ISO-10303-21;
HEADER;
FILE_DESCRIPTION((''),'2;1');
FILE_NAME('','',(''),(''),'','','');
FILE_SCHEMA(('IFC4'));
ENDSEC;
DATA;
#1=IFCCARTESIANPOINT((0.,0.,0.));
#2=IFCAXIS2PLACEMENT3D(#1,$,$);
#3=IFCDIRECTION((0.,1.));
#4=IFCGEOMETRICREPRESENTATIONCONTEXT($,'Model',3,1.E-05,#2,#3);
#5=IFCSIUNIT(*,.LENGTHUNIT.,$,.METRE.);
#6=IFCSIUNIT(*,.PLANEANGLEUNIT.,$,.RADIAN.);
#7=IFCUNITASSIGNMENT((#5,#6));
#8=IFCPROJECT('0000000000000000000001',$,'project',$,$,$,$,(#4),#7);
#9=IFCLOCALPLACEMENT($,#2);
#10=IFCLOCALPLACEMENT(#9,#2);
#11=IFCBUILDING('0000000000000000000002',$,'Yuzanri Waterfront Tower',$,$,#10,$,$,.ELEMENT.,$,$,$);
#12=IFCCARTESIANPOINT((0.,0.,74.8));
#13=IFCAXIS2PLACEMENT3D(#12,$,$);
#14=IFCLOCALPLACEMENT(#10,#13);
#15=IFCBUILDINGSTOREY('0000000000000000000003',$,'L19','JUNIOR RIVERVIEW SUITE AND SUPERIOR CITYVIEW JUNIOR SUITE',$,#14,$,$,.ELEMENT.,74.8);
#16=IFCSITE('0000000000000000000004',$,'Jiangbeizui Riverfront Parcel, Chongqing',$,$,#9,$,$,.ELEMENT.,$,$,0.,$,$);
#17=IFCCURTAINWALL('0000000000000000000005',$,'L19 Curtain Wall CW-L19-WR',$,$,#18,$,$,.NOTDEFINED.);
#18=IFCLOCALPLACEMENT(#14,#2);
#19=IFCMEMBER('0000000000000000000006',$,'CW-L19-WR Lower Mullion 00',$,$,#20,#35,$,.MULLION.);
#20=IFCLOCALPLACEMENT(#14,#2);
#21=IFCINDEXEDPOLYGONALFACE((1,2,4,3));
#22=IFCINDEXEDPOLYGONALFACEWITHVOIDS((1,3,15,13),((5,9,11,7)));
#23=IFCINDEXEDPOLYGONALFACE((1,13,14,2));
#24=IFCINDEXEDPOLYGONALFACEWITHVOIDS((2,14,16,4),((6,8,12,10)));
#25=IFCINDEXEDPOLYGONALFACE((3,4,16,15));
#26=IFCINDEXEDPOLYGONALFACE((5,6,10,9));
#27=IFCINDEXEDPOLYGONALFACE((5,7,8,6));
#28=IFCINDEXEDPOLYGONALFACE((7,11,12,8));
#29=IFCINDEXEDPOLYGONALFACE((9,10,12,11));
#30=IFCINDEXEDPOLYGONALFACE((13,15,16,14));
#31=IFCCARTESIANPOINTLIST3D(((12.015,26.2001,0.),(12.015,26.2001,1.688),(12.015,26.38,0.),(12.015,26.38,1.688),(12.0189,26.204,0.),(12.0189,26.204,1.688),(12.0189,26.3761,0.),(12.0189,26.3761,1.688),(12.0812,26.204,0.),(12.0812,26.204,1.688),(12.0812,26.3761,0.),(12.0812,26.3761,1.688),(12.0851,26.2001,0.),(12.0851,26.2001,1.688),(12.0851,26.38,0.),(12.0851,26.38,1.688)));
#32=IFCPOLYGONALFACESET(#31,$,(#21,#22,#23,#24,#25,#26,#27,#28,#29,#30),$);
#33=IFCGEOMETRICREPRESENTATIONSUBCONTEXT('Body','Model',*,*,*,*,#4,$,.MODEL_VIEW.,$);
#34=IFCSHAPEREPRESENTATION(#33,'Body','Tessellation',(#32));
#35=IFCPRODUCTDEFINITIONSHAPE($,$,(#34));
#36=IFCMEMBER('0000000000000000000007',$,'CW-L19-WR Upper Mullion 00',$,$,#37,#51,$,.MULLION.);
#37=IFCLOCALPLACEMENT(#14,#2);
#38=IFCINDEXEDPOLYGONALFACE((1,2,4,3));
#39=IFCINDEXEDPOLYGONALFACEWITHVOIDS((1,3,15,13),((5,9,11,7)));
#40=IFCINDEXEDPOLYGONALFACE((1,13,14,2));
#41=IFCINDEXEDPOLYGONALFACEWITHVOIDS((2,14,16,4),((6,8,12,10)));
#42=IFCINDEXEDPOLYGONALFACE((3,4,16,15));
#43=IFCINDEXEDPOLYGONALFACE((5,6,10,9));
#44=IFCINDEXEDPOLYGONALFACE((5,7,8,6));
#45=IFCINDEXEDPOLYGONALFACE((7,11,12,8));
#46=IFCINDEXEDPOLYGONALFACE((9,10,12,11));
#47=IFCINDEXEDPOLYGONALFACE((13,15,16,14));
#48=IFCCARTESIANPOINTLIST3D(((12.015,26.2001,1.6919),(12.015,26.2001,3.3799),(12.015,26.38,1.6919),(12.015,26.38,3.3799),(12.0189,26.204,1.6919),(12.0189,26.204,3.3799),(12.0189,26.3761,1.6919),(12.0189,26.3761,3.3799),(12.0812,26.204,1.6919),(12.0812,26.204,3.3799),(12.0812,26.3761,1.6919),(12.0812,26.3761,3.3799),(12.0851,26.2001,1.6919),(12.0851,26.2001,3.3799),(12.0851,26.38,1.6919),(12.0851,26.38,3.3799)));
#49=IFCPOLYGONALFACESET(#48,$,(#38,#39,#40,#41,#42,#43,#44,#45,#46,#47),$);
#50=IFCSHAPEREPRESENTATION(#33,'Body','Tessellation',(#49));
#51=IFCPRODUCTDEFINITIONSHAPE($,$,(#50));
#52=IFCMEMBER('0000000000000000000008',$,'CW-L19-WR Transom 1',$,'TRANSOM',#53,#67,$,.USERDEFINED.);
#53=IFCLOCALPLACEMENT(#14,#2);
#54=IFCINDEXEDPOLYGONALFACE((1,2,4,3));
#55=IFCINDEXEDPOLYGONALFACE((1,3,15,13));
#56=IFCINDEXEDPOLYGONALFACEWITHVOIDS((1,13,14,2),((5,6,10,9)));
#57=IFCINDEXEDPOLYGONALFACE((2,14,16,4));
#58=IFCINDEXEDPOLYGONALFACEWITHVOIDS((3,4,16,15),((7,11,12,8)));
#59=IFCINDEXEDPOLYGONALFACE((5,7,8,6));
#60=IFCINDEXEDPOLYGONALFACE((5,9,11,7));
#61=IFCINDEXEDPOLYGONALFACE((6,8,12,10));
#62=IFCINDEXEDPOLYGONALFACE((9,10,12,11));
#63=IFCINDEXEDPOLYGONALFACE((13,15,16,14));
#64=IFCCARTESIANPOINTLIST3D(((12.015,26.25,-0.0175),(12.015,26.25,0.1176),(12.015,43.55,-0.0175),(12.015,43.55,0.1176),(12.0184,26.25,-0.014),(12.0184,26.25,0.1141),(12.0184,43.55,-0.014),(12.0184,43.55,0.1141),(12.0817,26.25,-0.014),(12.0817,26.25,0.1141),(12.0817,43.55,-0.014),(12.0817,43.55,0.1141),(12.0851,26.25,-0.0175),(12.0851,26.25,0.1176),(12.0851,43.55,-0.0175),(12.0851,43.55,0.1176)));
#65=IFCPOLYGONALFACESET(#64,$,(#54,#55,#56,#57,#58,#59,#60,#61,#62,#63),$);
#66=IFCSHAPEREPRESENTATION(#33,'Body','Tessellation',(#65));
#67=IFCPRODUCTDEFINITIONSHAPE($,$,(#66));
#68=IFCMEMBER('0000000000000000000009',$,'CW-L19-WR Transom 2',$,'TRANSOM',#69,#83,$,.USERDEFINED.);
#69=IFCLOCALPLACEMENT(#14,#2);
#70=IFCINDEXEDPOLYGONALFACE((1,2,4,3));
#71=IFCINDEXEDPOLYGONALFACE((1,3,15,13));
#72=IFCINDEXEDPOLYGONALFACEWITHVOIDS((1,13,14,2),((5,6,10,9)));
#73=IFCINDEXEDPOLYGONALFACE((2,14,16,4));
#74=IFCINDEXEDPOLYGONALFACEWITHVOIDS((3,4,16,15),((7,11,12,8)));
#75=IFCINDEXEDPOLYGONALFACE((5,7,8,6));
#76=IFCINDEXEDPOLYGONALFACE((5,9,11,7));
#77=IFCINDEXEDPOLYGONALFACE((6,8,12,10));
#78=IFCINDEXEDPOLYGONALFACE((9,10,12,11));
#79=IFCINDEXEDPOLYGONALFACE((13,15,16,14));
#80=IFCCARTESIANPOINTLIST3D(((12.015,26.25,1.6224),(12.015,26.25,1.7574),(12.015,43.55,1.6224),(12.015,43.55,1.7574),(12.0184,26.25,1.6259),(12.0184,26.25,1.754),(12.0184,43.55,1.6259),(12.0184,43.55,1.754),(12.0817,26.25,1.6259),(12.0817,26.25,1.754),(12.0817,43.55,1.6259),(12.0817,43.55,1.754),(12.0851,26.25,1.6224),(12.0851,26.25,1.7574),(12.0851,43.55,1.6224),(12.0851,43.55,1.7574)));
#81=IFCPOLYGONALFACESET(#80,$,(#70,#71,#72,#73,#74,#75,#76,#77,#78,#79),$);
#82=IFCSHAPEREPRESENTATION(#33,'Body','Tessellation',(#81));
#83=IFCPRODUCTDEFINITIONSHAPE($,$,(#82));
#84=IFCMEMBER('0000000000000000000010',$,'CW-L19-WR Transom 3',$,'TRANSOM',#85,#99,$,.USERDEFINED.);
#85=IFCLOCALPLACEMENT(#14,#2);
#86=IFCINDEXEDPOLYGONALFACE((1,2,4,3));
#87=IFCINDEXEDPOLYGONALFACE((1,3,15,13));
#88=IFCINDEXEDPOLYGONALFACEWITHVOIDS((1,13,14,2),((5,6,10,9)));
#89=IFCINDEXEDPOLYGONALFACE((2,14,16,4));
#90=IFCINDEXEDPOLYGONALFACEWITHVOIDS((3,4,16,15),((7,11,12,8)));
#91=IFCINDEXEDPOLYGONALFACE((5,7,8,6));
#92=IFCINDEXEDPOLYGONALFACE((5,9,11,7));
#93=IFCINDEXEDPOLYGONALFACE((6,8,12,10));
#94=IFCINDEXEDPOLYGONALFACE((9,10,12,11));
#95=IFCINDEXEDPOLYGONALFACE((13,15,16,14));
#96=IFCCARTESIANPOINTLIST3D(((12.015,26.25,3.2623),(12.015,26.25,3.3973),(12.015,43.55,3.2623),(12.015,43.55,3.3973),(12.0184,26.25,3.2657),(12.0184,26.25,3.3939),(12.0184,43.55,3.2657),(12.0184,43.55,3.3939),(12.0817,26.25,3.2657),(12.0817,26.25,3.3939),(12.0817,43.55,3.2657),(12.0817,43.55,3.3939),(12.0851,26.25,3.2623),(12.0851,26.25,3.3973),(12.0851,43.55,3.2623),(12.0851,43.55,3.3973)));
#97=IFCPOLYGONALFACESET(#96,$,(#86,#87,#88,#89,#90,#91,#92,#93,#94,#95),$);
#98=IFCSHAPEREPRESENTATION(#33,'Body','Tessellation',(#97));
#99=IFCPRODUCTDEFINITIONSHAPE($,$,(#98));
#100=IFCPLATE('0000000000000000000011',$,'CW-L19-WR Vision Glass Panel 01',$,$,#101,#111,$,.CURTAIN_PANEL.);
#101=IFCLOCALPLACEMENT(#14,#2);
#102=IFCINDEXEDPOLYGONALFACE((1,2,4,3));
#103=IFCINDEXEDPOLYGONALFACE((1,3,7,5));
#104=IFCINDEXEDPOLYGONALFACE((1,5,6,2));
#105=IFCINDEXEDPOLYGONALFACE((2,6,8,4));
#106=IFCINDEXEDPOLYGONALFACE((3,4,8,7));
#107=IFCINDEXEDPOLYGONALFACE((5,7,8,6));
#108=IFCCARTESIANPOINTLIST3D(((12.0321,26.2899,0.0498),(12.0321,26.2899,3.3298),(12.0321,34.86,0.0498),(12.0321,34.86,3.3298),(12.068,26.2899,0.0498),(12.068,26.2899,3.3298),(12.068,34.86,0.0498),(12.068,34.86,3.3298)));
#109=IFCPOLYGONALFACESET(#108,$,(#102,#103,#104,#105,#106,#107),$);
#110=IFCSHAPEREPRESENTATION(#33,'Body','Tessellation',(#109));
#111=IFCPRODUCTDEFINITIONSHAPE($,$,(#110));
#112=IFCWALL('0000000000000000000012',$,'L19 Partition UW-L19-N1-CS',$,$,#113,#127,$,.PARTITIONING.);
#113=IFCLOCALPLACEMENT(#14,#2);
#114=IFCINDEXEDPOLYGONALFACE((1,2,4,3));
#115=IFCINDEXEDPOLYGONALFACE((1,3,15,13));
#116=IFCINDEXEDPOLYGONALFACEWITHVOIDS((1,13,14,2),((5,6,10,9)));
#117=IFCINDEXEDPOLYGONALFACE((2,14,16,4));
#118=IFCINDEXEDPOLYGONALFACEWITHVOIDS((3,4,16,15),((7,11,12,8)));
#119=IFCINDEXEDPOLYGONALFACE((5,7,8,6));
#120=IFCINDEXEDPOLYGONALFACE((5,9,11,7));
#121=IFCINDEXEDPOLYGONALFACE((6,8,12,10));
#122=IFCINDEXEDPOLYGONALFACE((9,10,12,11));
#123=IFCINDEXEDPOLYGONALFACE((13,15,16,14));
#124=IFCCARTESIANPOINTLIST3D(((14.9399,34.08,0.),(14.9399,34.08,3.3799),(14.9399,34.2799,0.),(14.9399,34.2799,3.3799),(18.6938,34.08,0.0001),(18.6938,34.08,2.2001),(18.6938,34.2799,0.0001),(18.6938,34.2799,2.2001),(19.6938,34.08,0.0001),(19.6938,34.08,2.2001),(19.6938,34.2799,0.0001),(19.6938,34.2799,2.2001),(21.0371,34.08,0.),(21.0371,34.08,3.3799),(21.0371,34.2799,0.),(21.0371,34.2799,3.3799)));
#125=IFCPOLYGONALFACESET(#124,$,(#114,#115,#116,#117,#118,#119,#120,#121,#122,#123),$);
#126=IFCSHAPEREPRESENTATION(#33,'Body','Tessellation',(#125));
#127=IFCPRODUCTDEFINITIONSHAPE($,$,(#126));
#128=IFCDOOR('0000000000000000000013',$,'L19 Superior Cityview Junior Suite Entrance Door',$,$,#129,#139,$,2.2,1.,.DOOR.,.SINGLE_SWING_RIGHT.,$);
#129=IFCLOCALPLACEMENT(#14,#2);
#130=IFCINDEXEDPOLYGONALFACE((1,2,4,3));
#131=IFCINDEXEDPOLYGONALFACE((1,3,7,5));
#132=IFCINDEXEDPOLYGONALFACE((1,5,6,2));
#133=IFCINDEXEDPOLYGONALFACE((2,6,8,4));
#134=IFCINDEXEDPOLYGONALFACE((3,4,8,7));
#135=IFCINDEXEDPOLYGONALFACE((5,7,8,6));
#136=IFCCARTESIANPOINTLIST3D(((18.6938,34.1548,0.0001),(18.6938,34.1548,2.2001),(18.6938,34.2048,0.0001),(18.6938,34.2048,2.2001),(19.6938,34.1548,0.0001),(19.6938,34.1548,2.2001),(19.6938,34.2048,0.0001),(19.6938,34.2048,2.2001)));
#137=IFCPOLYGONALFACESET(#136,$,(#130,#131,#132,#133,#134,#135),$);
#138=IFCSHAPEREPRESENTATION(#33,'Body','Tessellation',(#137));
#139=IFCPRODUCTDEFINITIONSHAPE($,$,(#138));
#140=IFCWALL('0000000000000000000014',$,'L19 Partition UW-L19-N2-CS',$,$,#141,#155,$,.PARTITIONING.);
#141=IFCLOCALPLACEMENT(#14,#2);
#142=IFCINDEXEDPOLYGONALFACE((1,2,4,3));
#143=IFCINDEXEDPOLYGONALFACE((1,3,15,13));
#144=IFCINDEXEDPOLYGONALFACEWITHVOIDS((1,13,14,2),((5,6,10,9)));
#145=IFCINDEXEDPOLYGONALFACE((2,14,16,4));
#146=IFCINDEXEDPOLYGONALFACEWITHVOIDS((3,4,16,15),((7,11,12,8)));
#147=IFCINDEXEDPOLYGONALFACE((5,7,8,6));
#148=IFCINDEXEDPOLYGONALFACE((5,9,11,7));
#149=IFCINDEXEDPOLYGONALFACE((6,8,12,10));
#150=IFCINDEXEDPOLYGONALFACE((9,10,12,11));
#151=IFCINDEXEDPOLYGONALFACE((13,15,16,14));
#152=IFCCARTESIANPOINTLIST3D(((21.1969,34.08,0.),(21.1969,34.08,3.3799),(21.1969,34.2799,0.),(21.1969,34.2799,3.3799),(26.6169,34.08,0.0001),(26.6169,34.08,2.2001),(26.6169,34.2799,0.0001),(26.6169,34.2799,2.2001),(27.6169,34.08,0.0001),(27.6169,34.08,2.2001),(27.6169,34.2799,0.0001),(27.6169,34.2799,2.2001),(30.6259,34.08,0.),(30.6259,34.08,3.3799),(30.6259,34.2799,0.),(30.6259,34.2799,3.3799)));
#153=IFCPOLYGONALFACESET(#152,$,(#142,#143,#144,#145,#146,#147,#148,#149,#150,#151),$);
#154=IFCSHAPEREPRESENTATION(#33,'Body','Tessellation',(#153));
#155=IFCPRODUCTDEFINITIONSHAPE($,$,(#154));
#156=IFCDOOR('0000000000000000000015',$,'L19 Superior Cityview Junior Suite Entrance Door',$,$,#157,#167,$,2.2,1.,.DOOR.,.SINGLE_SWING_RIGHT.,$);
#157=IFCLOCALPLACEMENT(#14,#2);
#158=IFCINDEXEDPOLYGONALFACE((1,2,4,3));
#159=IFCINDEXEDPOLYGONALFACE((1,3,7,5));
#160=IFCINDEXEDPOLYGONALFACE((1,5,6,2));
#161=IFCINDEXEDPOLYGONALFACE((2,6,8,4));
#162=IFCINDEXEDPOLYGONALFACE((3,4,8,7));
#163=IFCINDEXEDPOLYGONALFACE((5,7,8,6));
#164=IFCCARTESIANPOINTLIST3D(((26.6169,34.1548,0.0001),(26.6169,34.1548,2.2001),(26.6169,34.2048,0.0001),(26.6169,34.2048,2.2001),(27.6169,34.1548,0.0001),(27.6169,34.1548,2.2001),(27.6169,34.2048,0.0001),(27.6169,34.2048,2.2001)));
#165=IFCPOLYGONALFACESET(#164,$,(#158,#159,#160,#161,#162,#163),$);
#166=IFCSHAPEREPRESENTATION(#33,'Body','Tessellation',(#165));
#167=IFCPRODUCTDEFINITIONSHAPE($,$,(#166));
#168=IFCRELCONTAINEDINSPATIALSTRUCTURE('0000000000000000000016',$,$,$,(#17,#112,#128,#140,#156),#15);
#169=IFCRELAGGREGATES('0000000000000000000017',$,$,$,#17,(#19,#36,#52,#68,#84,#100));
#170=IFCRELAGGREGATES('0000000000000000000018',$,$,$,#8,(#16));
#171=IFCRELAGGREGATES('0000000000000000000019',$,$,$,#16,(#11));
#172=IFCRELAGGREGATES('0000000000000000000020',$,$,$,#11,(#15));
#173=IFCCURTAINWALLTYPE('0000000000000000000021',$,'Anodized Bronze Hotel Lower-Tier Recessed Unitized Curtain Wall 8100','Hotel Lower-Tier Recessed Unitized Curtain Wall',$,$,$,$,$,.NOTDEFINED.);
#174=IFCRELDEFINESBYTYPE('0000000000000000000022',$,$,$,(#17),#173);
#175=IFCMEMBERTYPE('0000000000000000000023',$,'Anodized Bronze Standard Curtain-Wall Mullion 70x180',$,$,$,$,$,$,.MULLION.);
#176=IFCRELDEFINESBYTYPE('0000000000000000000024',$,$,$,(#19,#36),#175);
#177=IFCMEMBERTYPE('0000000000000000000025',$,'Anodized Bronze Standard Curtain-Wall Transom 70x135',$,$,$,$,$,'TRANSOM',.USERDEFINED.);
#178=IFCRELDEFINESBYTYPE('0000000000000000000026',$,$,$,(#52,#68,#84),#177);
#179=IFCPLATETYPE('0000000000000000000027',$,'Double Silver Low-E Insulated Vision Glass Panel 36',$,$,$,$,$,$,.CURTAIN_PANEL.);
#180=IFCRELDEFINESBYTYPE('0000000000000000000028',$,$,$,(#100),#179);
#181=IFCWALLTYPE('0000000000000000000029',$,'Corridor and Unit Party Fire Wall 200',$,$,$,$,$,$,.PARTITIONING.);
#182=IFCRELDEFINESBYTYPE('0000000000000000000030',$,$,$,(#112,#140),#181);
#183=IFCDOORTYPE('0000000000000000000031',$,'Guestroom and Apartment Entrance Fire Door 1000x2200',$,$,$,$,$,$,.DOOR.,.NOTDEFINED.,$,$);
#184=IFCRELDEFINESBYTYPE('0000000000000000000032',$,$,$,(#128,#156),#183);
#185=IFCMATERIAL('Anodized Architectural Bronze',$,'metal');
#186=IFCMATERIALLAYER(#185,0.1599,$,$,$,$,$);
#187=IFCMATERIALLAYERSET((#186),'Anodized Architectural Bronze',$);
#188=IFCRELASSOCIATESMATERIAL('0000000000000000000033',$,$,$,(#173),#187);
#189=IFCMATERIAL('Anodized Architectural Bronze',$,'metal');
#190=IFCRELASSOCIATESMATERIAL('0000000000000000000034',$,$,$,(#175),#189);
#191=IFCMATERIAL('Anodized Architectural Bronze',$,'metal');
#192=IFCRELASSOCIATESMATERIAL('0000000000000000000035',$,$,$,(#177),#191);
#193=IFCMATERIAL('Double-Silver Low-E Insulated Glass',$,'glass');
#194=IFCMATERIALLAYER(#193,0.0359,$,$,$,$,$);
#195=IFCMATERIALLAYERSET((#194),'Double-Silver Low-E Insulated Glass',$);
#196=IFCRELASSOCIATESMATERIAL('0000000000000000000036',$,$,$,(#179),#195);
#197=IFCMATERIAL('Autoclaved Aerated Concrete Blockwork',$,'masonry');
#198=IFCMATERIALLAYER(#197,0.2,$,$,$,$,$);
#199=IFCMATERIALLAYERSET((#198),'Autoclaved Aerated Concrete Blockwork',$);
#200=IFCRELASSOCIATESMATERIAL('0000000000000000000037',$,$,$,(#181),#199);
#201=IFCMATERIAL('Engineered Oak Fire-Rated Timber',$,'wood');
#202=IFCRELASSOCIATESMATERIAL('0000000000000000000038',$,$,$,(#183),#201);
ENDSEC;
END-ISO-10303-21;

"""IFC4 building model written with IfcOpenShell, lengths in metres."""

from ifc_helpers import new_model, si_unit, direction, frame, frame_2d, origin, origin_2d, place, context, subcontext, project, spatial, rectangle, hollow_rectangle, extrude, source, transform, mapped, material, layer, layer_set, material_profile, profile_set, type_object, element, fill, aggregate, save


model = new_model("IFC4")

# Units and contexts
model_context = context("Model", 3, precision=1e-05, world=origin(), true_north=direction((0.0, 1.0)))
body_context = subcontext(model_context, "Body", "Model", "MODEL_VIEW")
ifc_project = project(units=[si_unit("LENGTHUNIT", "METRE"), si_unit("PLANEANGLEUNIT", "RADIAN")], contexts=[model_context])

# Site, building, storey
site_placement = place(None, origin())
site = spatial("IfcSite", under=ifc_project, at=site_placement, Name="Jiangbeizui Riverfront Parcel, Chongqing", CompositionType="ELEMENT", RefElevation=0.0)
building_placement = place(site_placement, origin())
building = spatial("IfcBuilding", under=site, at=building_placement, Name="Yuzanri Waterfront Tower", CompositionType="ELEMENT")
storey_placement = place(building_placement, frame((0.0, 0.0, 74.8)))
storey = spatial("IfcBuildingStorey", under=building, at=storey_placement, Name="L19", Description="JUNIOR RIVERVIEW SUITE AND SUPERIOR CITYVIEW JUNIOR SUITE", CompositionType="ELEMENT", Elevation=74.8)

# Curtain wall, members, plate
ifc_material_1 = material(Name="Anodized Architectural Bronze", Category="metal")
ifc_layer_1 = layer(ifc_material_1, 0.1599)
ifc_layer_set_1 = layer_set([ifc_layer_1], Name="Anodized Architectural Bronze")
curtain_wall_type = type_object("IfcCurtainWallType", Name="Anodized Bronze Hotel Lower-Tier Recessed Unitized Curtain Wall 8100", Description="Hotel Lower-Tier Recessed Unitized Curtain Wall", PredefinedType="NOTDEFINED", material=ifc_layer_set_1)
curtain_wall_placement = place(storey_placement, origin())
curtain_wall = element("IfcCurtainWall", 1, at=curtain_wall_placement, inside=storey, type_object=curtain_wall_type, Name="L19 Curtain Wall CW-L19-WR", PredefinedType="NOTDEFINED")
ifc_material_2 = material(Name="Anodized Architectural Bronze", Category="metal")
ifc_material_profile_1 = material_profile(ifc_material_2, hollow_rectangle(XDim=0.0701, YDim=0.1799, WallThickness=0.0039, at=origin_2d()), Name="CWM 70x180")
ifc_profile_set_1 = profile_set([ifc_material_profile_1], Name="Anodized Architectural Bronze")
member_type_1 = type_object("IfcMemberType", Name="Anodized Bronze Standard Curtain-Wall Mullion 70x180", PredefinedType="MULLION", material=ifc_profile_set_1)
shared_shape_1 = source(origin(), body_context, "Body", "SweptSolid", [
    extrude(hollow_rectangle(XDim=0.0701, YDim=0.1799, WallThickness=0.0039, at=origin_2d()), origin(), (0.0, 0.0, 1.0), 1.688),
])
member_1_placement = place(storey_placement, frame((12.05, 26.29, 0.0), z_axis=(0.0, 0.0, 1.0), x_axis=(1.0, 0.0, 0.0)))
member_1 = element("IfcMember", 2, at=member_1_placement, type_object=member_type_1, Name="CW-L19-WR Lower Mullion 00", PredefinedType="MULLION", context=body_context, shape_type="MappedRepresentation", body=[
    mapped(shared_shape_1, transform((0.0, 0.0, 0.0), scale=1.0)),
])
member_2_placement = place(storey_placement, frame((12.05, 26.29, 1.6919), z_axis=(0.0, 0.0, 1.0), x_axis=(1.0, 0.0, 0.0)))
member_2 = element("IfcMember", 3, at=member_2_placement, type_object=member_type_1, Name="CW-L19-WR Upper Mullion 00", PredefinedType="MULLION", context=body_context, shape_type="MappedRepresentation", body=[
    mapped(shared_shape_1, transform((0.0, 0.0, 0.0), scale=1.0)),
])
ifc_material_3 = material(Name="Anodized Architectural Bronze", Category="metal")
ifc_material_profile_2 = material_profile(ifc_material_3, hollow_rectangle(XDim=0.0701, YDim=0.135, WallThickness=0.0034, at=origin_2d()), Name="CWT 70x135")
ifc_profile_set_2 = profile_set([ifc_material_profile_2], Name="Anodized Architectural Bronze")
member_type_2 = type_object("IfcMemberType", Name="Anodized Bronze Standard Curtain-Wall Transom 70x135", ElementType="TRANSOM", PredefinedType="USERDEFINED", material=ifc_profile_set_2)
shared_shape_2 = source(origin(), body_context, "Body", "SweptSolid", [
    extrude(hollow_rectangle(XDim=0.0701, YDim=0.135, WallThickness=0.0034, at=origin_2d()), origin(), (0.0, 0.0, 1.0), 17.3),
])
member_3_placement = place(storey_placement, frame((12.05, 26.25, 0.05), z_axis=(0.0, 1.0, 0.0), x_axis=(-1.0, 0.0, 0.0)))
member_3 = element("IfcMember", 4, at=member_3_placement, type_object=member_type_2, Name="CW-L19-WR Transom 1", ObjectType="TRANSOM", PredefinedType="USERDEFINED", context=body_context, shape_type="MappedRepresentation", body=[
    mapped(shared_shape_2, transform((0.0, 0.0, 0.0), scale=1.0)),
])
member_4_placement = place(storey_placement, frame((12.05, 26.25, 1.6899), z_axis=(0.0, 1.0, 0.0), x_axis=(-1.0, 0.0, 0.0)))
member_4 = element("IfcMember", 5, at=member_4_placement, type_object=member_type_2, Name="CW-L19-WR Transom 2", ObjectType="TRANSOM", PredefinedType="USERDEFINED", context=body_context, shape_type="MappedRepresentation", body=[
    mapped(shared_shape_2, transform((0.0, 0.0, 0.0), scale=1.0)),
])
member_5_placement = place(storey_placement, frame((12.05, 26.25, 3.3298), z_axis=(0.0, 1.0, 0.0), x_axis=(-1.0, 0.0, 0.0)))
member_5 = element("IfcMember", 6, at=member_5_placement, type_object=member_type_2, Name="CW-L19-WR Transom 3", ObjectType="TRANSOM", PredefinedType="USERDEFINED", context=body_context, shape_type="MappedRepresentation", body=[
    mapped(shared_shape_2, transform((0.0, 0.0, 0.0), scale=1.0)),
])
ifc_material_4 = material(Name="Double-Silver Low-E Insulated Glass", Category="glass")
ifc_layer_2 = layer(ifc_material_4, 0.0359)
ifc_layer_set_2 = layer_set([ifc_layer_2], Name="Double-Silver Low-E Insulated Glass")
plate_type = type_object("IfcPlateType", Name="Double Silver Low-E Insulated Vision Glass Panel 36", PredefinedType="CURTAIN_PANEL", material=ifc_layer_set_2)
shared_shape_3 = source(origin(), body_context, "Body", "SweptSolid", [
    extrude(rectangle(XDim=8.5701, YDim=0.0359, at=origin_2d()), origin(), (0.0, 0.0, 1.0), 3.28),
])
plate_placement = place(storey_placement, frame((12.05, 30.575, 0.0498), z_axis=(0.0, 0.0, 1.0), x_axis=(0.0, 1.0, 0.0)))
plate = element("IfcPlate", 7, at=plate_placement, type_object=plate_type, Name="CW-L19-WR Vision Glass Panel 01", PredefinedType="CURTAIN_PANEL", context=body_context, shape_type="MappedRepresentation", body=[
    mapped(shared_shape_3, transform((0.0, 0.0, 0.0), scale=1.0)),
])
aggregate(curtain_wall, [member_1, member_2, member_3, member_4, member_5, plate])

# Walls, openings, doors
ifc_material_5 = material(Name="Autoclaved Aerated Concrete Blockwork", Category="masonry")
ifc_layer_3 = layer(ifc_material_5, 0.2)
ifc_layer_set_3 = layer_set([ifc_layer_3], Name="Autoclaved Aerated Concrete Blockwork")
wall_type_1 = type_object("IfcWallType", Name="Corridor and Unit Party Fire Wall 200", PredefinedType="PARTITIONING", material=ifc_layer_set_3)
wall_1_placement = place(storey_placement, frame((14.9399, 34.1799, 0.0), z_axis=(0.0, 0.0, 1.0), x_axis=(1.0, 0.0, 0.0)))
wall_1 = element("IfcWall", 8, at=wall_1_placement, inside=storey, type_object=wall_type_1, Name="L19 Partition UW-L19-N1-CS", PredefinedType="PARTITIONING", context=body_context, shape_type="SweptSolid", body=[
    extrude(rectangle(XDim=6.0972, YDim=0.2, at=frame_2d((3.0486, 0.0))), origin(), (0.0, 0.0, 1.0), 3.3799),
])
opening_1_placement = place(wall_1_placement, frame((3.7539, 0.0, 0.0)))
opening_1 = element("IfcOpeningElement", 9, at=opening_1_placement, cuts=wall_1, PredefinedType="OPENING", context=body_context, shape_type="SweptSolid", body=[
    extrude(rectangle(XDim=1.0, YDim=2.2, at=frame_2d((0.5, 1.1001))), frame((0.0, 0.1147, 0.0), z_axis=(0.0, -1.0, 0.0), x_axis=(1.0, 0.0, 0.0)), (0.0, 0.0, 1.0), 0.2297),
])
ifc_material_6 = material(Name="Engineered Oak Fire-Rated Timber", Category="wood")
door_type_1 = type_object("IfcDoorType", Name="Guestroom and Apartment Entrance Fire Door 1000x2200", OperationType="NOTDEFINED", PredefinedType="DOOR", material=ifc_material_6)
shared_shape_4 = source(origin(), body_context, "Body", "SweptSolid", [
    extrude(rectangle(XDim=1.0, YDim=2.2, at=frame_2d((0.5, 1.1001))), frame((0.0, 0.0249, 0.0), z_axis=(0.0, -1.0, 0.0), x_axis=(1.0, 0.0, 0.0)), (0.0, 0.0, 1.0), 0.05),
])
door_1_placement = place(opening_1_placement, origin())
door_1 = element("IfcDoor", 10, at=door_1_placement, inside=storey, type_object=door_type_1, Name="L19 Superior Cityview Junior Suite Entrance Door", OperationType="SINGLE_SWING_RIGHT", OverallHeight=2.2, OverallWidth=1.0, PredefinedType="DOOR", context=body_context, shape_type="MappedRepresentation", body=[
    mapped(shared_shape_4, transform((0.0, 0.0, 0.0), scale=1.0)),
])
fill(opening_1, door_1)
wall_2_placement = place(storey_placement, frame((21.197, 34.1799, 0.0), z_axis=(0.0, 0.0, 1.0), x_axis=(1.0, 0.0, 0.0)))
wall_2 = element("IfcWall", 11, at=wall_2_placement, inside=storey, type_object=wall_type_1, Name="L19 Partition UW-L19-N2-CS", PredefinedType="PARTITIONING", context=body_context, shape_type="SweptSolid", body=[
    extrude(rectangle(XDim=9.429, YDim=0.2, at=frame_2d((4.7144, 0.0))), origin(), (0.0, 0.0, 1.0), 3.3799),
])
opening_2_placement = place(wall_2_placement, frame((5.4199, 0.0, 0.0)))
opening_2 = element("IfcOpeningElement", 12, at=opening_2_placement, cuts=wall_2, PredefinedType="OPENING", context=body_context, shape_type="SweptSolid", body=[
    extrude(rectangle(XDim=1.0, YDim=2.2, at=frame_2d((0.5, 1.1001))), frame((0.0, 0.1147, 0.0), z_axis=(0.0, -1.0, 0.0), x_axis=(1.0, 0.0, 0.0)), (0.0, 0.0, 1.0), 0.2297),
])
door_2_placement = place(opening_2_placement, origin())
door_2 = element("IfcDoor", 13, at=door_2_placement, inside=storey, type_object=door_type_1, Name="L19 Superior Cityview Junior Suite Entrance Door", OperationType="SINGLE_SWING_RIGHT", OverallHeight=2.2, OverallWidth=1.0, PredefinedType="DOOR", context=body_context, shape_type="MappedRepresentation", body=[
    mapped(shared_shape_4, transform((0.0, 0.0, 0.0), scale=1.0)),
])
fill(opening_2, door_2)

save(model, "model.ifc")
